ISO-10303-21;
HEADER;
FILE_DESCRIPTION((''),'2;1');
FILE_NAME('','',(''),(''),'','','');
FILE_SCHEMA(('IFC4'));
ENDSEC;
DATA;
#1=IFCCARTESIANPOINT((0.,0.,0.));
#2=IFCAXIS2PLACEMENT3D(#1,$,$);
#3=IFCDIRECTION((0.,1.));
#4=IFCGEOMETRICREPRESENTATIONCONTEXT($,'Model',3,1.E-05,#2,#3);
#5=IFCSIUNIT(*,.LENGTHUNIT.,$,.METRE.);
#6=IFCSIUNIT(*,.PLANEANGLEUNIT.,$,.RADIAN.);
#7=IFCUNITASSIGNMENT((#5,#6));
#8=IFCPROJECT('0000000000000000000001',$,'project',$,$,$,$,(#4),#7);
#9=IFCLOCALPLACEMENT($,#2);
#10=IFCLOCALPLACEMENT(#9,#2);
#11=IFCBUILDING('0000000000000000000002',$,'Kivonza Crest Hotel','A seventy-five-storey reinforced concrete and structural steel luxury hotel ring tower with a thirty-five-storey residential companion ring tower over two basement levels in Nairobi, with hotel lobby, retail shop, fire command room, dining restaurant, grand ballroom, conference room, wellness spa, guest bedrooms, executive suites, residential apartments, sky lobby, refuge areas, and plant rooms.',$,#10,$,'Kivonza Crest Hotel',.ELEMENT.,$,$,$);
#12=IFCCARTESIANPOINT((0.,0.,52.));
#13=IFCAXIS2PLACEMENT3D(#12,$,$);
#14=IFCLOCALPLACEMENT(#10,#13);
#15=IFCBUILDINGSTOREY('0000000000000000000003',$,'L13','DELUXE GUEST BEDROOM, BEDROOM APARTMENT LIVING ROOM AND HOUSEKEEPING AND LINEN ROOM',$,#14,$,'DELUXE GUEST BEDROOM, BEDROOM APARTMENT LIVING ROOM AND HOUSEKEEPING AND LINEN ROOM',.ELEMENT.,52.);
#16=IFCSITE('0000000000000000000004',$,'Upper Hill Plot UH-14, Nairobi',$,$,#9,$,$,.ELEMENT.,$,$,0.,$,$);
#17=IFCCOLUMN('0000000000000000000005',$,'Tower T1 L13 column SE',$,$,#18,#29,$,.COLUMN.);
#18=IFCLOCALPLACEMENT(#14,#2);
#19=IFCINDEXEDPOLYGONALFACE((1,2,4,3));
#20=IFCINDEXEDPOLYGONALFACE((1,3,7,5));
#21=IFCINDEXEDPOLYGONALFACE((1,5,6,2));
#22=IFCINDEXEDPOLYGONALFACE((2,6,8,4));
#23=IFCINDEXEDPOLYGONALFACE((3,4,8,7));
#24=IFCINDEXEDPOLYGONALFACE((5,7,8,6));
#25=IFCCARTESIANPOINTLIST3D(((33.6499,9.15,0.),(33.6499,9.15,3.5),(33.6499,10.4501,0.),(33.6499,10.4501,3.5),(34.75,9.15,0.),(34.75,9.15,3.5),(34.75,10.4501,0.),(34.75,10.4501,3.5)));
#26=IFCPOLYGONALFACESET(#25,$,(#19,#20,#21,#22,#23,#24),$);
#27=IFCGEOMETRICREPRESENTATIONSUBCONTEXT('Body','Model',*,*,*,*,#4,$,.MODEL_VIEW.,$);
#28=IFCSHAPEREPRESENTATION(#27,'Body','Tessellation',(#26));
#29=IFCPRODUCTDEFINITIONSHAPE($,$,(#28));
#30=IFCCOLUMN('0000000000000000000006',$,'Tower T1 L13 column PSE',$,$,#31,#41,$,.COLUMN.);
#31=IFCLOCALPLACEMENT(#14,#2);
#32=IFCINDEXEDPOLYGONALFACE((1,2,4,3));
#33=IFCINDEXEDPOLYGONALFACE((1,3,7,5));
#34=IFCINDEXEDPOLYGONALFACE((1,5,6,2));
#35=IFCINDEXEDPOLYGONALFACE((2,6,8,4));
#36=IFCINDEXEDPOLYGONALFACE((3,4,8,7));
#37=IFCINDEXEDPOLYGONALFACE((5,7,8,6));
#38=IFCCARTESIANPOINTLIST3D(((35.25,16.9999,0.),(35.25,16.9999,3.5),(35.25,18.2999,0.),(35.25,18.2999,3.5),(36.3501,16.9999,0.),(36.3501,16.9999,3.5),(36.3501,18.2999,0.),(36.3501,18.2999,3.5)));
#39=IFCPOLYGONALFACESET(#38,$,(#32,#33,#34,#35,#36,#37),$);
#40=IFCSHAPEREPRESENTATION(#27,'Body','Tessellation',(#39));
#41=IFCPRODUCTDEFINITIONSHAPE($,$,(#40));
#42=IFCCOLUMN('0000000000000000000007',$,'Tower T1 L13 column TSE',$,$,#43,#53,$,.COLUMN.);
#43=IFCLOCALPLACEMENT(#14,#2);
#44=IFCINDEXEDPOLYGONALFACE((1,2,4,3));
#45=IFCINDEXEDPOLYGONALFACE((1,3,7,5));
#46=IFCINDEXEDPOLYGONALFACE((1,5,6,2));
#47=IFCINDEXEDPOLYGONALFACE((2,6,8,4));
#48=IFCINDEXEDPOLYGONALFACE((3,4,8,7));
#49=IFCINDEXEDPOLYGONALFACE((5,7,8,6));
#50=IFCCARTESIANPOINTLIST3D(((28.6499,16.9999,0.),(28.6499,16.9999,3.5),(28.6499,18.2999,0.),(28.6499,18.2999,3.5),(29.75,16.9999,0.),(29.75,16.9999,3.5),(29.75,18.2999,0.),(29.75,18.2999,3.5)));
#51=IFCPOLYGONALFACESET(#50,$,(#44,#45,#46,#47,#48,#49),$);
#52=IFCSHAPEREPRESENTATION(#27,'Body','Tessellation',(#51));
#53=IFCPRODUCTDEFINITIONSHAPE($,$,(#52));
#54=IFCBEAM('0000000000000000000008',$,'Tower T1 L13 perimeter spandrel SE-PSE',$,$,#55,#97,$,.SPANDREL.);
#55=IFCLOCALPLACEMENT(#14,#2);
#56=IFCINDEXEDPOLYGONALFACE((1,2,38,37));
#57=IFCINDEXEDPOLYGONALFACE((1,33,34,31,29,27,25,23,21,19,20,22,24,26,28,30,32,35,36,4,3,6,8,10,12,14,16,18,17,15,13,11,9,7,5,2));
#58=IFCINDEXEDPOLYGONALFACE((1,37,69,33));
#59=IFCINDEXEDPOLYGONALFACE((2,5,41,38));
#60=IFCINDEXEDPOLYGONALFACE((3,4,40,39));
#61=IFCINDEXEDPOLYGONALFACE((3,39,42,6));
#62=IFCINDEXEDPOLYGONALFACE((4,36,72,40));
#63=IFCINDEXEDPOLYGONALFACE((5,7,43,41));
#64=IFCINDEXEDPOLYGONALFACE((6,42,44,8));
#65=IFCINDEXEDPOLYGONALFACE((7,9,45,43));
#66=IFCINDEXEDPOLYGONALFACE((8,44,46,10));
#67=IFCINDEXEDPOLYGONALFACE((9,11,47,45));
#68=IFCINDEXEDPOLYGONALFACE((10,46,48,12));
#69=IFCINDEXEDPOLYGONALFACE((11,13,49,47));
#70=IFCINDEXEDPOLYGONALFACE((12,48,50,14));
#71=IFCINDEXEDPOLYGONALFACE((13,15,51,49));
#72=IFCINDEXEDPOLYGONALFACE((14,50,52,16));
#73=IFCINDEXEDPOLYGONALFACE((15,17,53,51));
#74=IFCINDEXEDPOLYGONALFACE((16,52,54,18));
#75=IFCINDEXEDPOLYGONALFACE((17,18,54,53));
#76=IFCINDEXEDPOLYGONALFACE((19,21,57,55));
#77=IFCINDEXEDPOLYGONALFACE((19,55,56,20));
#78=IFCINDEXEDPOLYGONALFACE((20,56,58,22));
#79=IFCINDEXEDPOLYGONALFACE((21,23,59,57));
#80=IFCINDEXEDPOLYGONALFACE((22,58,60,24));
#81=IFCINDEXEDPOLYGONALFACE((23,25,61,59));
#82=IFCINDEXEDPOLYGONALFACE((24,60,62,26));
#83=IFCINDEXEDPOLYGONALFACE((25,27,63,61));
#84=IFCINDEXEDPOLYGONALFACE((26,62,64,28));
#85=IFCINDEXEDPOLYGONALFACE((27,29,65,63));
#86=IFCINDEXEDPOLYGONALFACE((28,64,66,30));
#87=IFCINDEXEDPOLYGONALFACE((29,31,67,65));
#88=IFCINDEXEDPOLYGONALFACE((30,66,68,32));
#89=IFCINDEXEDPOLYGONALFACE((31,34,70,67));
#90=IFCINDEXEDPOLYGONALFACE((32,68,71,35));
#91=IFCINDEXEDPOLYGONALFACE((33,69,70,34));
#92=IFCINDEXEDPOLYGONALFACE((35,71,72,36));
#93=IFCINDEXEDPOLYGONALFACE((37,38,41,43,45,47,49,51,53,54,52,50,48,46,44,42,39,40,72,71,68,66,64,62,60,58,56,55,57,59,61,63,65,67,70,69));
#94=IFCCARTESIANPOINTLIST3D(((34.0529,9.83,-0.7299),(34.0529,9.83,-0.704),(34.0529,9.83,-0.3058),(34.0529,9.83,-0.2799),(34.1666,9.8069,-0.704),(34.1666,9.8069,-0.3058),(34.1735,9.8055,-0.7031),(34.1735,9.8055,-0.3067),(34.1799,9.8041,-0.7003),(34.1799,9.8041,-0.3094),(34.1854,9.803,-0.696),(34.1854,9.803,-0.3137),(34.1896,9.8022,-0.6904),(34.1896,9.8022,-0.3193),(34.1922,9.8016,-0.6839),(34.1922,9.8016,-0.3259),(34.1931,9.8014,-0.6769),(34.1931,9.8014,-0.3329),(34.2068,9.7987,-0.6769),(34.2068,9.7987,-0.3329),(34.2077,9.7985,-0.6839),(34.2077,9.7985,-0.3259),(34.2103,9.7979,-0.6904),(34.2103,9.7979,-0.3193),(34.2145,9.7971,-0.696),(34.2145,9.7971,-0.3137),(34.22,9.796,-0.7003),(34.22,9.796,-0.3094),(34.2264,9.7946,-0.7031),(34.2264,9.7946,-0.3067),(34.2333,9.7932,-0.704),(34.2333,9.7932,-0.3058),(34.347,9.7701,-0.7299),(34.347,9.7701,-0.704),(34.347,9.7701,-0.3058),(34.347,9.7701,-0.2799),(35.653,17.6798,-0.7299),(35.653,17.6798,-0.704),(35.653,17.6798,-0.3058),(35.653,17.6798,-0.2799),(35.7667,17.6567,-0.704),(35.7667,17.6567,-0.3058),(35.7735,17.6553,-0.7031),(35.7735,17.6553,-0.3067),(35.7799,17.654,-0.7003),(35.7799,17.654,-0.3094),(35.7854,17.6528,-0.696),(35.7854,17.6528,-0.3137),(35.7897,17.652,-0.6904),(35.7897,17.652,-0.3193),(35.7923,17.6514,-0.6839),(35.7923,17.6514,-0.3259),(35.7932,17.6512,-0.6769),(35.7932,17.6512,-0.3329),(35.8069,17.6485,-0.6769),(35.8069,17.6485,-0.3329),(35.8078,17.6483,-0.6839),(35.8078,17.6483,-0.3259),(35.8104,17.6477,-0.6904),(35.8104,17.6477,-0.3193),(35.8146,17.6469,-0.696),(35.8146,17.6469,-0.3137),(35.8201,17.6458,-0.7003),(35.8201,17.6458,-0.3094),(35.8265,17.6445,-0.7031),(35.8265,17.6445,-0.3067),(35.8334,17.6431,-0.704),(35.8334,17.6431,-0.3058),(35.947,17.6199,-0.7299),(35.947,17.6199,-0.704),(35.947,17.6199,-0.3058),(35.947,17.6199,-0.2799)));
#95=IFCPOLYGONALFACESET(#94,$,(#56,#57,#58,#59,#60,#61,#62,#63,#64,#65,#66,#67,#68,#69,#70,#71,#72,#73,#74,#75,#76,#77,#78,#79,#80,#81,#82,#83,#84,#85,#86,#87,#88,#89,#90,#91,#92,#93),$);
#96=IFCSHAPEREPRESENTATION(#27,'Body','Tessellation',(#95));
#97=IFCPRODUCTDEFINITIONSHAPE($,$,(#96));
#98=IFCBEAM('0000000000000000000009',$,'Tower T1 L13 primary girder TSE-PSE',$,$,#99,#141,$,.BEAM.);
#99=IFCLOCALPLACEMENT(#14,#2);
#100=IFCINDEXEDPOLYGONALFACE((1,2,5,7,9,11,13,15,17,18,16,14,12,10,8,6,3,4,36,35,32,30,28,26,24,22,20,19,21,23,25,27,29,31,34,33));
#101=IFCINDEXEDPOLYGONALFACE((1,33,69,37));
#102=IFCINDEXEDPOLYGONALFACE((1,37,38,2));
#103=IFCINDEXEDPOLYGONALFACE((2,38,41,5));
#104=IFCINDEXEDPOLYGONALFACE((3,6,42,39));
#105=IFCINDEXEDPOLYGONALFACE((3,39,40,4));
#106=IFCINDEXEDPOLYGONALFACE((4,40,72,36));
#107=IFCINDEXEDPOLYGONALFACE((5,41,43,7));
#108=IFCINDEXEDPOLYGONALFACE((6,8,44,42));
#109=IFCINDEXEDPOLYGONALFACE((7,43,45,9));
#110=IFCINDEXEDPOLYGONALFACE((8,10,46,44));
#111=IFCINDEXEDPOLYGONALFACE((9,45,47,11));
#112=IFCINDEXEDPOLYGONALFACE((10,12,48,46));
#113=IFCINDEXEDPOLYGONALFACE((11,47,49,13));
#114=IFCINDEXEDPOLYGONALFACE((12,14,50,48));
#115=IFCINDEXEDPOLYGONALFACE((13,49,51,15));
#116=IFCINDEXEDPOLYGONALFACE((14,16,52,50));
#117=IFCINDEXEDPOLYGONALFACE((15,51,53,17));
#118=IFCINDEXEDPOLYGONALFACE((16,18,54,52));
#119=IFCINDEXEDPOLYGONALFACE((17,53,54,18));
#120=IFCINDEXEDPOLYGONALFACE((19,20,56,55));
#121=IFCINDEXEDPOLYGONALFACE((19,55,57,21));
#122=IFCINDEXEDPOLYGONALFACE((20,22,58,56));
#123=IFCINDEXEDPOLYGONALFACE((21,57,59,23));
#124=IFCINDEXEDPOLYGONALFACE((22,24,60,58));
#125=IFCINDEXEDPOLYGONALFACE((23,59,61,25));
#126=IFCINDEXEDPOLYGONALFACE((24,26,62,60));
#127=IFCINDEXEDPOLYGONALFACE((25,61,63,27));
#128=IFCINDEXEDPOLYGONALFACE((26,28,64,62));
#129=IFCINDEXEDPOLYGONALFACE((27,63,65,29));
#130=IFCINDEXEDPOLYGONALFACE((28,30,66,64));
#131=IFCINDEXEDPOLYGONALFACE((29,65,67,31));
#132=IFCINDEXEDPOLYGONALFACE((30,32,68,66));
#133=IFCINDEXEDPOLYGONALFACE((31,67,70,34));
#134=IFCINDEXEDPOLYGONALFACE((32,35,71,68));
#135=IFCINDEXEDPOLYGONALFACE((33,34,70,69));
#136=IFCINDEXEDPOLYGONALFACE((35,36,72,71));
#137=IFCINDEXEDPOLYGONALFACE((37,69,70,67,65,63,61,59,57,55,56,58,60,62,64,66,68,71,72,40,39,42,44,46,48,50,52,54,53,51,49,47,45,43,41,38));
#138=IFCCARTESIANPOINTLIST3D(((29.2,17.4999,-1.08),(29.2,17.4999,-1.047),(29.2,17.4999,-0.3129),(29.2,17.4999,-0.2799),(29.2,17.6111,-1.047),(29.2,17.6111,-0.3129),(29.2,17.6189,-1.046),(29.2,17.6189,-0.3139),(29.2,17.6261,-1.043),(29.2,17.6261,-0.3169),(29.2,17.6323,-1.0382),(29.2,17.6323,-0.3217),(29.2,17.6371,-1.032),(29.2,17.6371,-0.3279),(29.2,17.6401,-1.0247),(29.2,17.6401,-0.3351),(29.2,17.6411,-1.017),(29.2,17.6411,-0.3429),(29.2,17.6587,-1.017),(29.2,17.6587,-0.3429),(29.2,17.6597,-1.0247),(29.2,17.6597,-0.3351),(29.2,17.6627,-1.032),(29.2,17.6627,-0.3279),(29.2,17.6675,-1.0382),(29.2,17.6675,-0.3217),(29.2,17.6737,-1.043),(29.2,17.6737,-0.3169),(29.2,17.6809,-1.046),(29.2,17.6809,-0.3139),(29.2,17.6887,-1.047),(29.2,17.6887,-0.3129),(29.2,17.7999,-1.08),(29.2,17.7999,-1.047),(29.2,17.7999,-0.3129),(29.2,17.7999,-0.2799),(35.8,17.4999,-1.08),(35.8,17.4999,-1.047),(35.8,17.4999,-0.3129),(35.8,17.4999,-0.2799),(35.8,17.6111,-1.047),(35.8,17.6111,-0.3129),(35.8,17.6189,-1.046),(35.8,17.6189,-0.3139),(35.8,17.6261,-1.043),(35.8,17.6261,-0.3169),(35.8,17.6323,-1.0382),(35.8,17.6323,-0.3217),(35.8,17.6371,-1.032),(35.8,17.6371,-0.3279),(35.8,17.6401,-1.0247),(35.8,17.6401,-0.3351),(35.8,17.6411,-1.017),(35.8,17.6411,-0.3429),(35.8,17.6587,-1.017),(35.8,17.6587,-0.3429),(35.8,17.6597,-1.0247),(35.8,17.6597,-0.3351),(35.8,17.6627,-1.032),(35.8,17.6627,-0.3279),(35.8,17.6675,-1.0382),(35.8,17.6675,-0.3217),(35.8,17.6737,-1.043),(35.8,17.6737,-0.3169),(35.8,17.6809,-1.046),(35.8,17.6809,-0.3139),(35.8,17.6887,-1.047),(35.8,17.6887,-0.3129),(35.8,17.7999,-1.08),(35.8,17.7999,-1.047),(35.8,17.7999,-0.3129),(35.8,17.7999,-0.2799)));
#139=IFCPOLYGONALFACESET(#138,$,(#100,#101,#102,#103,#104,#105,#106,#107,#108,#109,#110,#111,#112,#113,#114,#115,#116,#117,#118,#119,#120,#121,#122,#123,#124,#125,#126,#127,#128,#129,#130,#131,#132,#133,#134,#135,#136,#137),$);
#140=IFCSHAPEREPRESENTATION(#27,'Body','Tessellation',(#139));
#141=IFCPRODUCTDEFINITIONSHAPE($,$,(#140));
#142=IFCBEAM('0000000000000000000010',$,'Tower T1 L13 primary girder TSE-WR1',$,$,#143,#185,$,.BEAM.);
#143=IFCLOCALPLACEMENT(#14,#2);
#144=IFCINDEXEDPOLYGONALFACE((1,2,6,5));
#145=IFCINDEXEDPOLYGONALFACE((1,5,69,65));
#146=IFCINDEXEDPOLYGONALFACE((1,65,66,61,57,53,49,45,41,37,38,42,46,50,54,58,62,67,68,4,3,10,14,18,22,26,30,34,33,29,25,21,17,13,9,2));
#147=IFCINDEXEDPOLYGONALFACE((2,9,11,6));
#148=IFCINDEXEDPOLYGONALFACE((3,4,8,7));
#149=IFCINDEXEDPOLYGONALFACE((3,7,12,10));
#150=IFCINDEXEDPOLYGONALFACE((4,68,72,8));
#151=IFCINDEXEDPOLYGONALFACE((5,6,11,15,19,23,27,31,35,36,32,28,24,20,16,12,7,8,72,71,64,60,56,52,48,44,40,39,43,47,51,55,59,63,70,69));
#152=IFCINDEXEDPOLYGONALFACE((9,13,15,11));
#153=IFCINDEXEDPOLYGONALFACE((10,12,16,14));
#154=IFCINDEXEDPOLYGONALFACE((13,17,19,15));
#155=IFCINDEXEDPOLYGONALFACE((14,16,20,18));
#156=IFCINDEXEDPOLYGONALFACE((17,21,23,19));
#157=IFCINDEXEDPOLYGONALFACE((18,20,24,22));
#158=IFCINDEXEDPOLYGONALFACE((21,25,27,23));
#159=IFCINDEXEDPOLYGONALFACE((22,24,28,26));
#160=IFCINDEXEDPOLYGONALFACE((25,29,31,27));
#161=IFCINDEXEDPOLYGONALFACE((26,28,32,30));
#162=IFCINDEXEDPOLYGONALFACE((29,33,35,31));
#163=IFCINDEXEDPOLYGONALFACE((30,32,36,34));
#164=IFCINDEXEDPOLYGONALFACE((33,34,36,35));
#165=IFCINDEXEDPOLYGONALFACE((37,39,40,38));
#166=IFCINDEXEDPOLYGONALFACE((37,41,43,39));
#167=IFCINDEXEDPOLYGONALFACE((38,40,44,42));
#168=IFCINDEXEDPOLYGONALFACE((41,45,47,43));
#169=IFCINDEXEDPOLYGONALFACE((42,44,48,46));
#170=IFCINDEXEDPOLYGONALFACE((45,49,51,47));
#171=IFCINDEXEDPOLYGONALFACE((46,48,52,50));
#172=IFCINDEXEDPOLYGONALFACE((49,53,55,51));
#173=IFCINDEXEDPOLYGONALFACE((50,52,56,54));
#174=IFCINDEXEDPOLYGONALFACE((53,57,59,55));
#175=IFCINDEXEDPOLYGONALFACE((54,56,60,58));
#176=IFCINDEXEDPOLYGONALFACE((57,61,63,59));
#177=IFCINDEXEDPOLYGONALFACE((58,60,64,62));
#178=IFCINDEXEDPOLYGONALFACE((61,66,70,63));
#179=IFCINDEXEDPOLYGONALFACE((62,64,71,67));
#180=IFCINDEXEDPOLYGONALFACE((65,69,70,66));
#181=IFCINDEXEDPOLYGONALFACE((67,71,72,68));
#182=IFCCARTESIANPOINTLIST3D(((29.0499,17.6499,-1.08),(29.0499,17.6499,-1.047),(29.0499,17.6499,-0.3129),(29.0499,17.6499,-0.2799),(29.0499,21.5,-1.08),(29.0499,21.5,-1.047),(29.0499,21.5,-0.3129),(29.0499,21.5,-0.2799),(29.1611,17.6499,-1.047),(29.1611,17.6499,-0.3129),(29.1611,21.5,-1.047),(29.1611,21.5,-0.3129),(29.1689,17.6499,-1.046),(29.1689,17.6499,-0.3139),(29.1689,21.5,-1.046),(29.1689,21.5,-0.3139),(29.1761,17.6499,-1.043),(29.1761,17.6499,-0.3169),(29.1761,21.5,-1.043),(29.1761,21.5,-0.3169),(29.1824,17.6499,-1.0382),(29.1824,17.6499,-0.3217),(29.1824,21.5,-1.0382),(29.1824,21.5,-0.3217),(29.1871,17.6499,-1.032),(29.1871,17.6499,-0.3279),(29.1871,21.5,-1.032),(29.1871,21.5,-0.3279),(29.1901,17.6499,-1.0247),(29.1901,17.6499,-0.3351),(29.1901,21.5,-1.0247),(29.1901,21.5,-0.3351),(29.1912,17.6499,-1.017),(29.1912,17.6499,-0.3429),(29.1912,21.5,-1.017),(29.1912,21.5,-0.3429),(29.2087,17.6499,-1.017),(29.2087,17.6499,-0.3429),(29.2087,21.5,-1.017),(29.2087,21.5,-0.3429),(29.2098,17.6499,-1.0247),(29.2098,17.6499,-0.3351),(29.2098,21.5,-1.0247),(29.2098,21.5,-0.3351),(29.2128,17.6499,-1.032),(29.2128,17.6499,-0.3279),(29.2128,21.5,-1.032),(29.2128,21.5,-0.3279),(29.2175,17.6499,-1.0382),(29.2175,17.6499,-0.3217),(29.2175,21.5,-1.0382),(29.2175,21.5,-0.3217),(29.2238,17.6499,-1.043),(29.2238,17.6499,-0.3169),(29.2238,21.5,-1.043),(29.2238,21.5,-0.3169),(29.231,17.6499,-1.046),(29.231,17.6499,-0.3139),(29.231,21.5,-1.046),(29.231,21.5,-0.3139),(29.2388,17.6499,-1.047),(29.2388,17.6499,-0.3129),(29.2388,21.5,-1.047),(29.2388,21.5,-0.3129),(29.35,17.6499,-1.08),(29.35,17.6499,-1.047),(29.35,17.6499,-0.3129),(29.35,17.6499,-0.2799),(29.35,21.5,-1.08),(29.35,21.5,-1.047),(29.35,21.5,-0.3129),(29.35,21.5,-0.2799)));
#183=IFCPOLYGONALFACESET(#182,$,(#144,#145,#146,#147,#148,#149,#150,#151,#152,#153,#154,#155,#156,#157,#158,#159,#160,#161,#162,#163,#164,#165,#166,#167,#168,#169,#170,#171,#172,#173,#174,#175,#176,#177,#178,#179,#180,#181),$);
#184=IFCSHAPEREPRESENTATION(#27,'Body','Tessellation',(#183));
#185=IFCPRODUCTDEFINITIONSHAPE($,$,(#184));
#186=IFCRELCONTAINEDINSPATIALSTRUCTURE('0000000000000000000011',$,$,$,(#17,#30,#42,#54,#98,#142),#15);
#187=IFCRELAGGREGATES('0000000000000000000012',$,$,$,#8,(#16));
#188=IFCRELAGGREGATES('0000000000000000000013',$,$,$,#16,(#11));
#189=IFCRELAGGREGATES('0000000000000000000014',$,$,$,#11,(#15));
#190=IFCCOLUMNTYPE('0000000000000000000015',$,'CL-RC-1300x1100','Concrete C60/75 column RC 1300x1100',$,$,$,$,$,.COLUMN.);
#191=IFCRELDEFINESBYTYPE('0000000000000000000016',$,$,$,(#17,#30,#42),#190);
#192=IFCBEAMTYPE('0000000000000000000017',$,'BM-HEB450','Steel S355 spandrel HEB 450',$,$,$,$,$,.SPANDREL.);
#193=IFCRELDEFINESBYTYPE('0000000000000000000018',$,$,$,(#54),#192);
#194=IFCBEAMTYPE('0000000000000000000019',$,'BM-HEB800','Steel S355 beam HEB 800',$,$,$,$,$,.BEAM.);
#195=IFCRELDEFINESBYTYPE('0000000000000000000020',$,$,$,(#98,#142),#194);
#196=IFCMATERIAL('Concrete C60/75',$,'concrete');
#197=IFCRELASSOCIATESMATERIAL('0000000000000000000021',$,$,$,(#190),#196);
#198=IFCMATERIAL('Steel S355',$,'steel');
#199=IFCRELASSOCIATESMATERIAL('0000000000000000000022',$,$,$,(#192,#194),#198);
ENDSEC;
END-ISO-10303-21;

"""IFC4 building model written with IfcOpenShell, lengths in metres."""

from ifc_helpers import new_model, si_unit, direction, frame, origin, origin_2d, place, context, subcontext, project, spatial, rectangle, i_section, extrude, material, material_profile, profile_set, type_object, element, save


model = new_model("IFC4")

# Units and contexts
model_context = context("Model", 3, precision=1e-05, world=origin(), true_north=direction((0.0, 1.0)))
body_context = subcontext(model_context, "Body", "Model", "MODEL_VIEW")
ifc_project = project(units=[si_unit("LENGTHUNIT", "METRE"), si_unit("PLANEANGLEUNIT", "RADIAN")], contexts=[model_context])

# Site, building, storey
site_placement = place(None, origin())
site = spatial("IfcSite", under=ifc_project, at=site_placement, Name="Upper Hill Plot UH-14, Nairobi", CompositionType="ELEMENT", RefElevation=0.0)
building_placement = place(site_placement, origin())
building = spatial("IfcBuilding", under=site, at=building_placement, Name="Kivonza Crest Hotel", Description="A seventy-five-storey reinforced concrete and structural steel luxury hotel ring tower with a thirty-five-storey residential companion ring tower over two basement levels in Nairobi, with hotel lobby, retail shop, fire command room, dining restaurant, grand ballroom, conference room, wellness spa, guest bedrooms, executive suites, residential apartments, sky lobby, refuge areas, and plant rooms.", LongName="Kivonza Crest Hotel", CompositionType="ELEMENT")
storey_placement = place(building_placement, frame((0.0, 0.0, 52.0)))
storey = spatial("IfcBuildingStorey", under=building, at=storey_placement, Name="L13", Description="DELUXE GUEST BEDROOM, BEDROOM APARTMENT LIVING ROOM AND HOUSEKEEPING AND LINEN ROOM", LongName="DELUXE GUEST BEDROOM, BEDROOM APARTMENT LIVING ROOM AND HOUSEKEEPING AND LINEN ROOM", CompositionType="ELEMENT", Elevation=52.0)

# Columns
ifc_material_1 = material(Name="Concrete C60/75", Category="concrete")
ifc_material_profile_1 = material_profile(ifc_material_1, rectangle(XDim=1.1001, YDim=1.3, at=origin_2d()), Name="RC 1300x1100")
ifc_profile_set_1 = profile_set([ifc_material_profile_1], Name="Concrete C60/75")
column_type = type_object("IfcColumnType", Name="CL-RC-1300x1100", Description="Concrete C60/75 column RC 1300x1100", PredefinedType="COLUMN", material=ifc_profile_set_1)
for number, where, z_axis, x_axis, name in (
    (1, (34.2, 9.8, 0.0), (0.0, 0.0, 1.0), (1.0, 0.0, 0.0), "Tower T1 L13 column SE"),
    (2, (35.8, 17.6499, 0.0), (0.0, 0.0, 1.0), (1.0, 0.0, 0.0), "Tower T1 L13 column PSE"),
    (3, (29.2, 17.6499, 0.0), (0.0, 0.0, 1.0), (1.0, 0.0, 0.0), "Tower T1 L13 column TSE"),
):
    element("IfcColumn", number, at=place(storey_placement, frame(where, z_axis=z_axis, x_axis=x_axis)), inside=storey, type_object=column_type, Name=name, PredefinedType="COLUMN", context=body_context, shape_type="SweptSolid", body=[
        extrude(rectangle(XDim=1.1001, YDim=1.3, at=origin_2d()), origin(), (0.0, 0.0, 1.0), 3.5),
    ])

# Beams
ifc_material_2 = material(Name="Steel S355", Category="steel")
ifc_material_profile_2 = material_profile(ifc_material_2, i_section(OverallWidth=0.3, OverallDepth=0.45, WebThickness=0.0139, FlangeThickness=0.0259, FilletRadius=0.0271, at=origin_2d()), Name="HEB 450")
ifc_profile_set_2 = profile_set([ifc_material_profile_2], Name="Steel S355")
beam_type_1 = type_object("IfcBeamType", Name="BM-HEB450", Description="Steel S355 spandrel HEB 450", PredefinedType="SPANDREL", material=ifc_profile_set_2)
beam_1_placement = place(storey_placement, frame((34.2, 9.8, -0.5049), z_axis=(0.199731, 0.979851, 0.0), x_axis=(-0.979851, 0.199731, 0.0)))
element("IfcBeam", 4, at=beam_1_placement, inside=storey, type_object=beam_type_1, Name="Tower T1 L13 perimeter spandrel SE-PSE", PredefinedType="SPANDREL", context=body_context, shape_type="SweptSolid", body=[
    extrude(i_section(OverallWidth=0.3, OverallDepth=0.45, WebThickness=0.0139, FlangeThickness=0.0259, FilletRadius=0.0271, at=origin_2d()), origin(), (0.0, 0.0, 1.0), 8.0112),
])
ifc_material_profile_3 = material_profile(ifc_material_2, i_section(OverallWidth=0.3, OverallDepth=0.8, WebThickness=0.0176, FlangeThickness=0.033, FilletRadius=0.03, at=origin_2d()), Name="HEB 800")
ifc_profile_set_3 = profile_set([ifc_material_profile_3], Name="Steel S355")
beam_type_2 = type_object("IfcBeamType", Name="BM-HEB800", Description="Steel S355 beam HEB 800", PredefinedType="BEAM", material=ifc_profile_set_3)
beam_2_placement = place(storey_placement, frame((29.2, 17.6499, -0.6799), z_axis=(1.0, 0.0, 0.0), x_axis=(0.0, 1.0, 0.0)))
element("IfcBeam", 5, at=beam_2_placement, inside=storey, type_object=beam_type_2, Name="Tower T1 L13 primary girder TSE-PSE", PredefinedType="BEAM", context=body_context, shape_type="SweptSolid", body=[
    extrude(i_section(OverallWidth=0.3, OverallDepth=0.8, WebThickness=0.0176, FlangeThickness=0.033, FilletRadius=0.03, at=origin_2d()), origin(), (0.0, 0.0, 1.0), 6.6001),
])
beam_3_placement = place(storey_placement, frame((29.2, 17.6499, -0.6799), z_axis=(0.0, 1.0, 0.0), x_axis=(-1.0, 0.0, 0.0)))
element("IfcBeam", 6, at=beam_3_placement, inside=storey, type_object=beam_type_2, Name="Tower T1 L13 primary girder TSE-WR1", PredefinedType="BEAM", context=body_context, shape_type="SweptSolid", body=[
    extrude(i_section(OverallWidth=0.3, OverallDepth=0.8, WebThickness=0.0176, FlangeThickness=0.033, FilletRadius=0.03, at=origin_2d()), origin(), (0.0, 0.0, 1.0), 3.8501),
])

save(model, "model.ifc")
